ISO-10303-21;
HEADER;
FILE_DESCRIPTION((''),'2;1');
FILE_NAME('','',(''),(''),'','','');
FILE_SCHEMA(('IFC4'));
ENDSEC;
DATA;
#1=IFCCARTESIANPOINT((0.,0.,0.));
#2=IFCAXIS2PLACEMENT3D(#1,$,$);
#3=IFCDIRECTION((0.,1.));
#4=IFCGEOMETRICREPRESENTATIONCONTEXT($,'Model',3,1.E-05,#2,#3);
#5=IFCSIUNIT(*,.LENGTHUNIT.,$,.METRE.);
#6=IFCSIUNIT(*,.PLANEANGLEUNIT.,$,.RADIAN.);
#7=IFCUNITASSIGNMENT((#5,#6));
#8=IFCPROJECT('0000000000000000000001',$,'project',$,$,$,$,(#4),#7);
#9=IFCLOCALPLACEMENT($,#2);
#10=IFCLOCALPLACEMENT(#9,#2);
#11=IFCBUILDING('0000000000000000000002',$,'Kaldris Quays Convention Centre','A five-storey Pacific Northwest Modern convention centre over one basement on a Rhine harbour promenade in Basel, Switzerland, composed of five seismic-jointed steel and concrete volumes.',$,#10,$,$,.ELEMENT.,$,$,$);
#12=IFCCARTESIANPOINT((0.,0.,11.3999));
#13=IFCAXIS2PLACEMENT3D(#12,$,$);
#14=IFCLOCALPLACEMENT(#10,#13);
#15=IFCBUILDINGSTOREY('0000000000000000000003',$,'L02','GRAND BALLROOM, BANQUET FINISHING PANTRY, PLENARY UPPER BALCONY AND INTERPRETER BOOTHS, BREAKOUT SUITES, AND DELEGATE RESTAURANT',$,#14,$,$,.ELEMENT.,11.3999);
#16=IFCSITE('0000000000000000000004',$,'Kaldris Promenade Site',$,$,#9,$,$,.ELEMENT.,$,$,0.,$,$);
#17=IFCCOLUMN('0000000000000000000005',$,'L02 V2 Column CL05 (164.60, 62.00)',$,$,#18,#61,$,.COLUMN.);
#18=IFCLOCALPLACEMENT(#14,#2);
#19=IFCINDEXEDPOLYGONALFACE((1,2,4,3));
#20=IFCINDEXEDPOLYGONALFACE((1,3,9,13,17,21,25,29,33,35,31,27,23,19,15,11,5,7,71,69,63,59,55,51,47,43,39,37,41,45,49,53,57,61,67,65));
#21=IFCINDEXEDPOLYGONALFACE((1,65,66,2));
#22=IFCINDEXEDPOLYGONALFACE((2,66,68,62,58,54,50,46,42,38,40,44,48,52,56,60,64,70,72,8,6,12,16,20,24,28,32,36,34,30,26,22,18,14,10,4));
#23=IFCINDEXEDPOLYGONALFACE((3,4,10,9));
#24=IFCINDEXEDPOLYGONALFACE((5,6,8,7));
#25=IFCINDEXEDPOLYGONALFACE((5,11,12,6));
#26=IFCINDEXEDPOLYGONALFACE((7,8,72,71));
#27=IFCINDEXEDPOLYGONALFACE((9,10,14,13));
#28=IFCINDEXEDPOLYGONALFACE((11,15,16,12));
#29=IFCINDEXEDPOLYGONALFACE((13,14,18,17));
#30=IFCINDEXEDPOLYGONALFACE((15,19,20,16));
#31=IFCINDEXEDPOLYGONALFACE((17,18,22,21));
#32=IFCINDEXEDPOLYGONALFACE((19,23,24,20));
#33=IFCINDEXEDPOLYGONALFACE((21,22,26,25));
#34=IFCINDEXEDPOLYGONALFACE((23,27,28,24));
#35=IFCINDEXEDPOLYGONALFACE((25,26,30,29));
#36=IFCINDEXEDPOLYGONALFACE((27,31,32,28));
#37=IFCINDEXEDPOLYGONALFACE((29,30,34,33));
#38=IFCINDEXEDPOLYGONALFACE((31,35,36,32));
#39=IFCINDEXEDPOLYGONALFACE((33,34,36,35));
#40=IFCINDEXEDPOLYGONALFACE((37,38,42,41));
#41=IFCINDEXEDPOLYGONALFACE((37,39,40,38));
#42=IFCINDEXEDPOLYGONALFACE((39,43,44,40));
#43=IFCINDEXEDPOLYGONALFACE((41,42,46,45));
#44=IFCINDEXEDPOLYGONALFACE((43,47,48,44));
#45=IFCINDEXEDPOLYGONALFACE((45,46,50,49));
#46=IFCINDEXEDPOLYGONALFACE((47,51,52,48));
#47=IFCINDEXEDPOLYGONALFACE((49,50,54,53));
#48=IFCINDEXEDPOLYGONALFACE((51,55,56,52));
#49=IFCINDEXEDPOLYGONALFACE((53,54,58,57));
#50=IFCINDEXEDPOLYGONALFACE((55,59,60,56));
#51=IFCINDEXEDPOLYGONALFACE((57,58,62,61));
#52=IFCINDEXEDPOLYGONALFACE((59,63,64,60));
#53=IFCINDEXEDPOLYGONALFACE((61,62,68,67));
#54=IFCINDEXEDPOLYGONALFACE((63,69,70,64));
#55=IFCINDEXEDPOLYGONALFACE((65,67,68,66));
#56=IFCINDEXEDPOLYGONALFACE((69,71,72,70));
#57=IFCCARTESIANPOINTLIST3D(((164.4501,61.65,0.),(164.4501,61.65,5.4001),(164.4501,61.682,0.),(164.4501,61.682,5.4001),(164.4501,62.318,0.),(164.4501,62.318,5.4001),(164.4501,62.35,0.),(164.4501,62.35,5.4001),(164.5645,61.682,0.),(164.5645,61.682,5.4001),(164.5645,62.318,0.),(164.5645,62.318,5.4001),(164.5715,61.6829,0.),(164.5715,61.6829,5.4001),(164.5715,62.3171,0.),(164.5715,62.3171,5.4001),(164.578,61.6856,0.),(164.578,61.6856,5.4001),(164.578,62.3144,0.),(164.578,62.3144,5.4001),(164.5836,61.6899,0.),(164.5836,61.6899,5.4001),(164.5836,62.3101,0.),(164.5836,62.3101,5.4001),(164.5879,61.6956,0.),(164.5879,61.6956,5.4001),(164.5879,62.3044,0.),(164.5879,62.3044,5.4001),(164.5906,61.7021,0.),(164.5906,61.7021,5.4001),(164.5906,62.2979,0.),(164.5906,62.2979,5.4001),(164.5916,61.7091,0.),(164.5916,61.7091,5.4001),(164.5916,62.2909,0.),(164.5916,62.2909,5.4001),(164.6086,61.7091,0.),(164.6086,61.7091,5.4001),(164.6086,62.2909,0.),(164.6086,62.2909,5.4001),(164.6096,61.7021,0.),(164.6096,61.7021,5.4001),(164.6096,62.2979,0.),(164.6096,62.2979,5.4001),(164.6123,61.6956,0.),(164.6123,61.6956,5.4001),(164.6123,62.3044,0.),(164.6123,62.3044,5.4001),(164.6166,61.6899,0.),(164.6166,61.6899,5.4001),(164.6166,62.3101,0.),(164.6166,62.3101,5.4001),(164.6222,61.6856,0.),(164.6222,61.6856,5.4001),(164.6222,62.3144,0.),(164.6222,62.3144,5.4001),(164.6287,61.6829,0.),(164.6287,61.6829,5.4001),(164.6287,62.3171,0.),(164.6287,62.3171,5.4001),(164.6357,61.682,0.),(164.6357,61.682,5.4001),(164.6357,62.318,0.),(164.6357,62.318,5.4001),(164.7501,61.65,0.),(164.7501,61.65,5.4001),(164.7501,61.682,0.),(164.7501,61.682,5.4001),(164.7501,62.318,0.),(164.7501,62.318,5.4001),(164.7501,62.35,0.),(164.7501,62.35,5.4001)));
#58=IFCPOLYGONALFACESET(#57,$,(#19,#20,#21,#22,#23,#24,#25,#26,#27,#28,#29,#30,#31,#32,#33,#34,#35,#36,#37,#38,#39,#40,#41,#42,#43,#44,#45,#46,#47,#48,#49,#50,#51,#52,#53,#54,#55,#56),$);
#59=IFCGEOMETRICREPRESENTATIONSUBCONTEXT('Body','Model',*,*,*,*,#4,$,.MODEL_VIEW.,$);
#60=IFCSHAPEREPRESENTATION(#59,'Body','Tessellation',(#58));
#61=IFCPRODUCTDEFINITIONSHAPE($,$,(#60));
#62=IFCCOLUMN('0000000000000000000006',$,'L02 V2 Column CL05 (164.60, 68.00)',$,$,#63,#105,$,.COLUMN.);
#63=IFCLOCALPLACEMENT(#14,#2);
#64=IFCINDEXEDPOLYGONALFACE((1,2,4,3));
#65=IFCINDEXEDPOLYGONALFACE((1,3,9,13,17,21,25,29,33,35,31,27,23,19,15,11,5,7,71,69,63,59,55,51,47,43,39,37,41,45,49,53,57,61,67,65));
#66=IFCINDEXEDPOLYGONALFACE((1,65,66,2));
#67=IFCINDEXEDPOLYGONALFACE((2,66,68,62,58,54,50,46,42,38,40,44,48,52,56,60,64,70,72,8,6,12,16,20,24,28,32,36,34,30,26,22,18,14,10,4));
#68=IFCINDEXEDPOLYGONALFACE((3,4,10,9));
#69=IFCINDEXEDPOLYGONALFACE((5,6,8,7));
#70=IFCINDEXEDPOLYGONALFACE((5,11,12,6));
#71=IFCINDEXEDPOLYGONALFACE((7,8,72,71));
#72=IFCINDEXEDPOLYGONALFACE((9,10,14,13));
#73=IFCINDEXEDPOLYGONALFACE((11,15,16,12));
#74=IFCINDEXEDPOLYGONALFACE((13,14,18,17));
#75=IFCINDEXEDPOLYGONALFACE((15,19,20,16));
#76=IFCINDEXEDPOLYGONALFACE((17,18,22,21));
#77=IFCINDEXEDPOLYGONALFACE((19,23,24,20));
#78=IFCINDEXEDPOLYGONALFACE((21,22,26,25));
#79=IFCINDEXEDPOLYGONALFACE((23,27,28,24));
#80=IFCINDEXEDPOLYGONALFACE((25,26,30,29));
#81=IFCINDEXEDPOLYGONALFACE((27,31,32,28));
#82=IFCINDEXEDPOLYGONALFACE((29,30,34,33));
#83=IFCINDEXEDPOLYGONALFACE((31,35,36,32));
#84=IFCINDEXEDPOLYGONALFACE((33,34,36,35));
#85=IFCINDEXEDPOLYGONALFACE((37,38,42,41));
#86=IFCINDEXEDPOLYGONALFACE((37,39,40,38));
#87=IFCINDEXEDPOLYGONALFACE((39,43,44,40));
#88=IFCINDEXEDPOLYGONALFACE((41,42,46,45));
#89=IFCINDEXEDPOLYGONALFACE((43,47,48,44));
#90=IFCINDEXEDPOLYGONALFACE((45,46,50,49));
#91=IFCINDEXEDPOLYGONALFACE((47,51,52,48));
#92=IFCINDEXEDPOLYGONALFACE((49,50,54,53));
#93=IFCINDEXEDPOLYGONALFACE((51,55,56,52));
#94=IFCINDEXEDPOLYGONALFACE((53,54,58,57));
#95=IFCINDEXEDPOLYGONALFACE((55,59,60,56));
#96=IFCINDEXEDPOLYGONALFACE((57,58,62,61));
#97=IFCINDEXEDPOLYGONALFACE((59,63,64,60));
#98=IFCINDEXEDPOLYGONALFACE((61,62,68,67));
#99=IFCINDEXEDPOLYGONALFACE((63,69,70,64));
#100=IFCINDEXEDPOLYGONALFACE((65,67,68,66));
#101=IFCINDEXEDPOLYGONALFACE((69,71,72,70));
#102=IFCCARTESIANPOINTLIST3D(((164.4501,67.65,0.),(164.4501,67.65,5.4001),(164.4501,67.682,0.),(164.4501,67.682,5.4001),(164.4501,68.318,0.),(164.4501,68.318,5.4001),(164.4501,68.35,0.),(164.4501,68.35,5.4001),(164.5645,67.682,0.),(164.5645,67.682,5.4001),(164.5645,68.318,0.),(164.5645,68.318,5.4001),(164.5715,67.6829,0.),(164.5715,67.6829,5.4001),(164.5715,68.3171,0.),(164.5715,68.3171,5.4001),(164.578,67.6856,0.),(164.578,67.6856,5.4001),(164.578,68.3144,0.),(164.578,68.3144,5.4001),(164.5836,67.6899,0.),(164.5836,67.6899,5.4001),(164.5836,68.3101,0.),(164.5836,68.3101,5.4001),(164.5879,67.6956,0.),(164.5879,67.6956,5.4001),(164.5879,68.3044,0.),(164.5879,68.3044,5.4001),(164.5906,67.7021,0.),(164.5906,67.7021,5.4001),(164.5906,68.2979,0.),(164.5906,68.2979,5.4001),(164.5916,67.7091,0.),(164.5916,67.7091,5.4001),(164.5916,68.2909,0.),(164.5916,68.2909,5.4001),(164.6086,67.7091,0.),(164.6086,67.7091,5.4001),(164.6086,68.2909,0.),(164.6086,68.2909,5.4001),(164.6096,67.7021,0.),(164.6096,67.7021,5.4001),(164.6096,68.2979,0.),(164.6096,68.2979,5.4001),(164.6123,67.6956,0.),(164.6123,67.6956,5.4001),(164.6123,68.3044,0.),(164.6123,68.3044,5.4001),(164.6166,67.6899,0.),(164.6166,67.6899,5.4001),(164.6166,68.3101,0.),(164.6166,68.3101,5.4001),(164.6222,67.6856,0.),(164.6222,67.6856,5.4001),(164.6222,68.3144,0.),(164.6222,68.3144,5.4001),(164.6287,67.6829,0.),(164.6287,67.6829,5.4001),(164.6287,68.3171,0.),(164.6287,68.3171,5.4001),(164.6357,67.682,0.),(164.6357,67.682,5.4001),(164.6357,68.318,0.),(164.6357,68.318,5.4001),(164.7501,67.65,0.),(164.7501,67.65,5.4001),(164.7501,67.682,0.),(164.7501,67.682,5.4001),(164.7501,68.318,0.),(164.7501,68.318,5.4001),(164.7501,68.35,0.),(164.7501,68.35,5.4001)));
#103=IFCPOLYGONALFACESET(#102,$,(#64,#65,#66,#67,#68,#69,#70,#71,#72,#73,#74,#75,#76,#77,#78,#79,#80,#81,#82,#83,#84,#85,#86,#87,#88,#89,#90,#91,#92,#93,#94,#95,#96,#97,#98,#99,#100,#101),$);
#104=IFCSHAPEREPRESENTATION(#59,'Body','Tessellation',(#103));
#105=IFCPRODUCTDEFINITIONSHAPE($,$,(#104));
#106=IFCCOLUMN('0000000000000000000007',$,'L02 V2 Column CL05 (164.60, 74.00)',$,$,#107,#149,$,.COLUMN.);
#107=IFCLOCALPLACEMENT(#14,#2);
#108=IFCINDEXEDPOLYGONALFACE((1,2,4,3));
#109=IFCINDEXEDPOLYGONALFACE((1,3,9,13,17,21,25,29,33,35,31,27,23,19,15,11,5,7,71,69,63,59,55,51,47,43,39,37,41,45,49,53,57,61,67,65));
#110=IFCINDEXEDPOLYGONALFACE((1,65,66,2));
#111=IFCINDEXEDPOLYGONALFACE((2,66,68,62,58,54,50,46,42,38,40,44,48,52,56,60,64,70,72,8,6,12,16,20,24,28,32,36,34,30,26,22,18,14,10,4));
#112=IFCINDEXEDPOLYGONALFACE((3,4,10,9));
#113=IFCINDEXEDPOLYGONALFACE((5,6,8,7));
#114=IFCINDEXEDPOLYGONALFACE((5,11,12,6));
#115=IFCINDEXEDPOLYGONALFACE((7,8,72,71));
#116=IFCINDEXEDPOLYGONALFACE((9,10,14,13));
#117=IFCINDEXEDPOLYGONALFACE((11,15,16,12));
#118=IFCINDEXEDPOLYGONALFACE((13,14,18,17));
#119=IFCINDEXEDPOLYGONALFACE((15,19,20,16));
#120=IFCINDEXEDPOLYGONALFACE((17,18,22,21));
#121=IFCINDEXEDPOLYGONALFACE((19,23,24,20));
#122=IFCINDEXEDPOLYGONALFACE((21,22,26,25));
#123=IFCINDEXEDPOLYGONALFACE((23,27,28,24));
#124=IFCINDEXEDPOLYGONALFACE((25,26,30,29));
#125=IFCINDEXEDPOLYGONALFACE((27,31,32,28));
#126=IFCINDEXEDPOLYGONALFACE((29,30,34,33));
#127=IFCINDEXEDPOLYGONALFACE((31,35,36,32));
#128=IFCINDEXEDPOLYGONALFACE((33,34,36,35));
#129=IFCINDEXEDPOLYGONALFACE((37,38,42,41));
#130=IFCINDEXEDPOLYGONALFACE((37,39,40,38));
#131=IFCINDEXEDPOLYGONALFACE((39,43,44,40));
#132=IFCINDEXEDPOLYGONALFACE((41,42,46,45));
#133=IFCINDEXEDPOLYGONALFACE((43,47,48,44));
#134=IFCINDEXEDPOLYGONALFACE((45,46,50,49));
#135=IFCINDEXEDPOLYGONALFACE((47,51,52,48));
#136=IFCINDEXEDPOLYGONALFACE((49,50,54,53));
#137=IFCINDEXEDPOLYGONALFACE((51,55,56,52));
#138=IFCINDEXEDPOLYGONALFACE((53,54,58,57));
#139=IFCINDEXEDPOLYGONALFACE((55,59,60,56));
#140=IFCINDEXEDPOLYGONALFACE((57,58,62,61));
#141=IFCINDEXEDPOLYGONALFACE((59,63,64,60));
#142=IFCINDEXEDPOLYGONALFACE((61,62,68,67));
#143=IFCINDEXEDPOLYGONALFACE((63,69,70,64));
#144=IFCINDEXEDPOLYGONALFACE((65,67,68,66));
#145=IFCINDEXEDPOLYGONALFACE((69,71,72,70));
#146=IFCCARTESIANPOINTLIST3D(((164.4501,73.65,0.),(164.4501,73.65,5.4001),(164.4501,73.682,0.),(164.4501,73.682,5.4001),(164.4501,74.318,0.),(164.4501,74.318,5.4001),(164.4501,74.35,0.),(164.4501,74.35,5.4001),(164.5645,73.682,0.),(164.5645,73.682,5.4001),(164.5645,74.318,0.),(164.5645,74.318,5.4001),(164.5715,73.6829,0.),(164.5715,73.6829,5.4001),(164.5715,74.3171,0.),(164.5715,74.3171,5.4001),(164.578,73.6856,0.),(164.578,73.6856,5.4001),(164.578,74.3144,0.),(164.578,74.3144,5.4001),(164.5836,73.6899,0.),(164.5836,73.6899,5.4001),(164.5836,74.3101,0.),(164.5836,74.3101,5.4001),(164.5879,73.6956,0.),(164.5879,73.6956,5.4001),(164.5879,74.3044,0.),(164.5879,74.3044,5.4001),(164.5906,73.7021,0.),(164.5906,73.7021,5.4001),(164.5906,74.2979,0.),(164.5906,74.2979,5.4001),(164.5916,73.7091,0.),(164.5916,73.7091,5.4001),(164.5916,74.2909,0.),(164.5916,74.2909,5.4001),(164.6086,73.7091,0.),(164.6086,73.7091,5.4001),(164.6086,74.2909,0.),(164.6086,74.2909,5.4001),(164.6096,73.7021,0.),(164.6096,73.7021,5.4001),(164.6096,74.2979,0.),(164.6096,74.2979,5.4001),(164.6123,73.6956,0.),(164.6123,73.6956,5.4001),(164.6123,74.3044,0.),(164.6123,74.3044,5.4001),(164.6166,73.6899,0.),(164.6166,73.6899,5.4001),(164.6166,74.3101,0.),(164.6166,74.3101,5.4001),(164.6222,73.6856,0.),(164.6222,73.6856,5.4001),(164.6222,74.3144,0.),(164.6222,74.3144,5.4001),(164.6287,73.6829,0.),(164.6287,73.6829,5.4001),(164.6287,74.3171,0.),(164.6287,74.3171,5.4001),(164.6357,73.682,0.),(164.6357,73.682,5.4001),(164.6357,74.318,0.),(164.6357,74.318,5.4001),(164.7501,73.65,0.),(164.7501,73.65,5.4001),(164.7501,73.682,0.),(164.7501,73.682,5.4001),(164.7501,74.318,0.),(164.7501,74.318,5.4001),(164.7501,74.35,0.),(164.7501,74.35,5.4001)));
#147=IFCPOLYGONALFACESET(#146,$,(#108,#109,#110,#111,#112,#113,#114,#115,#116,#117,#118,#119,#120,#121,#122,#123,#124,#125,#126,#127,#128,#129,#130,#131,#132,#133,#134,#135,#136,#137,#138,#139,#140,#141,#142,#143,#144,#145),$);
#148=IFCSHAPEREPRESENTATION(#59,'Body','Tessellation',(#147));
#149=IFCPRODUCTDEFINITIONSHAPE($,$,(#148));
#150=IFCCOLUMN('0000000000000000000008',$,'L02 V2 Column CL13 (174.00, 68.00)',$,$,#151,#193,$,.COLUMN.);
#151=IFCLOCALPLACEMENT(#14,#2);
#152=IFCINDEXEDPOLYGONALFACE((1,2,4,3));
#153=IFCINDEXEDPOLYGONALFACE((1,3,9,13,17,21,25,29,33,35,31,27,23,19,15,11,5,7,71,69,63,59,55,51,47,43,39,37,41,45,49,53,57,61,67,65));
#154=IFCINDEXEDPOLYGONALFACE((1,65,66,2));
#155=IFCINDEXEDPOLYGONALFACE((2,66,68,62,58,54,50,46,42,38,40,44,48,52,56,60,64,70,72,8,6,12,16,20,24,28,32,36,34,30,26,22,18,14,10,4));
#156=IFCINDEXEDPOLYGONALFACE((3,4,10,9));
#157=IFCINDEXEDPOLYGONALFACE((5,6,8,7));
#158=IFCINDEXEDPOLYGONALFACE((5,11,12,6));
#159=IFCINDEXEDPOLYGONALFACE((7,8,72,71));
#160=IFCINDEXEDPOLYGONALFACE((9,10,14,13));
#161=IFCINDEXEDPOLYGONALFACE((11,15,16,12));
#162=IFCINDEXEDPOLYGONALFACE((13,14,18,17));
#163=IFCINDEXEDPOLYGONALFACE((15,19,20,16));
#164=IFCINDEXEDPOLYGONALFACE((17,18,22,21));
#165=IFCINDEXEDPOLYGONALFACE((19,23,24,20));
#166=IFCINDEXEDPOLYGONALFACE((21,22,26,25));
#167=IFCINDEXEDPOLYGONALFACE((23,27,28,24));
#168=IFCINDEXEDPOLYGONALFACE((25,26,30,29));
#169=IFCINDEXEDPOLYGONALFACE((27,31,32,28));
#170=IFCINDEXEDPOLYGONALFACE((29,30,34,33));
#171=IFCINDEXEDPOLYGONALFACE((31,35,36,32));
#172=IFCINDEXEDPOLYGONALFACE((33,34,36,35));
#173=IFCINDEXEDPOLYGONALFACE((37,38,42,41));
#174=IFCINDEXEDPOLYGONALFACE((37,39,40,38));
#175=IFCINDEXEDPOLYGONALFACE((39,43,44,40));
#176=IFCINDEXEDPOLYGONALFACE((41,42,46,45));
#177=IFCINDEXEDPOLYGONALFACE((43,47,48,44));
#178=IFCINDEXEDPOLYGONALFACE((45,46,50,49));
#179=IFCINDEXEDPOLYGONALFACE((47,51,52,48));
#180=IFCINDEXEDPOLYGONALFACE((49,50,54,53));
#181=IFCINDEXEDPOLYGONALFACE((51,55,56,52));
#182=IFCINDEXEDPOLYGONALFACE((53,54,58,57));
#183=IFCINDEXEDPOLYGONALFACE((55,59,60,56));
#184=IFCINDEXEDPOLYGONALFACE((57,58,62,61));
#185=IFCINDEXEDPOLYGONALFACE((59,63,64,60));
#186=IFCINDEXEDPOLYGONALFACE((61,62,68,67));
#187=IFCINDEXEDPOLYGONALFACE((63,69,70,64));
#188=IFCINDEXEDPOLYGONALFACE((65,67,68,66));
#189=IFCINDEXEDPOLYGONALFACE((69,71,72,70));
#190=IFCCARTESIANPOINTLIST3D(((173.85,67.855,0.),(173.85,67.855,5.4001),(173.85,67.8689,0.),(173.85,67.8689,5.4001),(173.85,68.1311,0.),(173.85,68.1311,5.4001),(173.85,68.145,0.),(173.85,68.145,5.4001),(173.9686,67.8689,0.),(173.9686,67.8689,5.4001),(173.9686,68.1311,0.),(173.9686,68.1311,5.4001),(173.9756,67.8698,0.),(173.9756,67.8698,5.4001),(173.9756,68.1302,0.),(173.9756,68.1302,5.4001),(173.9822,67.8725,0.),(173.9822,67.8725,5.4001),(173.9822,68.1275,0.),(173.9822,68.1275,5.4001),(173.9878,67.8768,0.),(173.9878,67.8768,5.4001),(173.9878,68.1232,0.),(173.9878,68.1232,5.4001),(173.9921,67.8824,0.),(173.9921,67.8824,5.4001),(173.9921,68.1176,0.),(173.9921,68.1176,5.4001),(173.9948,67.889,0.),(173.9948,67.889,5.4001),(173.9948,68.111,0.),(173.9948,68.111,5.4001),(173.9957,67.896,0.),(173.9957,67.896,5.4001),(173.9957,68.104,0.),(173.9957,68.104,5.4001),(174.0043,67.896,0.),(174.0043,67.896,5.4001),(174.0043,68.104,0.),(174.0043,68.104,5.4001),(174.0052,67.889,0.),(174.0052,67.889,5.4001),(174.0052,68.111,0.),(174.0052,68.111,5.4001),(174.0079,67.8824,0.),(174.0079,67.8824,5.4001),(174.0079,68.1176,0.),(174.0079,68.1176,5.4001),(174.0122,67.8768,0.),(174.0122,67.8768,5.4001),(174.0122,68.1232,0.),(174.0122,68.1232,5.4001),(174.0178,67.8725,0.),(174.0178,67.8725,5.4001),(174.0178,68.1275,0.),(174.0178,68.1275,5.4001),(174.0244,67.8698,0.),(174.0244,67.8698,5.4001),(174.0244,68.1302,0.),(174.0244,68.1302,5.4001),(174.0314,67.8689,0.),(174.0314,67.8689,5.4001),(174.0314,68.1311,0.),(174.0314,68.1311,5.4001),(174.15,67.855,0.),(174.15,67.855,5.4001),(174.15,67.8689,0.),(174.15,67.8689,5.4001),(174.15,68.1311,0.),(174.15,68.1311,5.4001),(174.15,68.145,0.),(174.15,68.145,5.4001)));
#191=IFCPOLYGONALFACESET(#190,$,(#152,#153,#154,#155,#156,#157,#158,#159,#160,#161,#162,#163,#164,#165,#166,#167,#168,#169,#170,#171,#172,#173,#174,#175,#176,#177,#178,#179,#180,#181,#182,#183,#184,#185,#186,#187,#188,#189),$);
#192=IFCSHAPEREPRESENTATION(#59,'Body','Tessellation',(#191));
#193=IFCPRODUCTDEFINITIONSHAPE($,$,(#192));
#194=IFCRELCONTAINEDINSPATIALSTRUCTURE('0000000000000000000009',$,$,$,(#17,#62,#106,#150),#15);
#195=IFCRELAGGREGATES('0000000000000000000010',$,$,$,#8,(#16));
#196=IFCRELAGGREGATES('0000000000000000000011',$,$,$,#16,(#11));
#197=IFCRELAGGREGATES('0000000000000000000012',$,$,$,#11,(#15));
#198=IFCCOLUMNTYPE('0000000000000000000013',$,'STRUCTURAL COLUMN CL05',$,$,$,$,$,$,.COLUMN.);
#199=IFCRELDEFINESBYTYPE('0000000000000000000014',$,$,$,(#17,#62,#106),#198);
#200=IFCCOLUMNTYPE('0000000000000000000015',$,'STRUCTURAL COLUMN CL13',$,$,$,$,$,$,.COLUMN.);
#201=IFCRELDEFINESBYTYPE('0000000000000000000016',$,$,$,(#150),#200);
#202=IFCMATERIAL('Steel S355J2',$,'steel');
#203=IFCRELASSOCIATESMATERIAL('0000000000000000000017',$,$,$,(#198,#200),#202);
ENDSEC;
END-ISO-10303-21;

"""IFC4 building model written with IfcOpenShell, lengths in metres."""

from ifc_helpers import new_model, si_unit, direction, frame, origin, origin_2d, place, context, subcontext, project, spatial, i_section, extrude, material, material_profile, profile_set, type_object, element, save


model = new_model("IFC4")

# Units and contexts
model_context = context("Model", 3, precision=1e-05, world=origin(), true_north=direction((0.0, 1.0)))
body_context = subcontext(model_context, "Body", "Model", "MODEL_VIEW")
ifc_project = project(units=[si_unit("LENGTHUNIT", "METRE"), si_unit("PLANEANGLEUNIT", "RADIAN")], contexts=[model_context])

# Site, building, storey
site_placement = place(None, origin())
site = spatial("IfcSite", under=ifc_project, at=site_placement, Name="Kaldris Promenade Site", CompositionType="ELEMENT", RefElevation=0.0)
building_placement = place(site_placement, origin())
building = spatial("IfcBuilding", under=site, at=building_placement, Name="Kaldris Quays Convention Centre", Description="A five-storey Pacific Northwest Modern convention centre over one basement on a Rhine harbour promenade in Basel, Switzerland, composed of five seismic-jointed steel and concrete volumes.", CompositionType="ELEMENT")
storey_placement = place(building_placement, frame((0.0, 0.0, 11.3999)))
storey = spatial("IfcBuildingStorey", under=building, at=storey_placement, Name="L02", Description="GRAND BALLROOM, BANQUET FINISHING PANTRY, PLENARY UPPER BALCONY AND INTERPRETER BOOTHS, BREAKOUT SUITES, AND DELEGATE RESTAURANT", CompositionType="ELEMENT", Elevation=11.3999)

# Columns
ifc_material_1 = material(Name="Steel S355J2", Category="steel")
ifc_material_profile_1 = material_profile(ifc_material_1, i_section(OverallWidth=0.3, OverallDepth=0.7, WebThickness=0.0171, FlangeThickness=0.032, FilletRadius=0.0271, at=origin_2d()), Name="HEB 700")
ifc_profile_set_1 = profile_set([ifc_material_profile_1], Name="Steel S355J2")
column_type_1 = type_object("IfcColumnType", Name="STRUCTURAL COLUMN CL05", PredefinedType="COLUMN", material=ifc_profile_set_1)
for number, where, z_axis, x_axis, name in (
    (1, (164.6001, 62.0, 0.0), (0.0, 0.0, 1.0), (1.0, 0.0, 0.0), "L02 V2 Column CL05 (164.60, 62.00)"),
    (2, (164.6001, 68.0, 0.0), (0.0, 0.0, 1.0), (1.0, 0.0, 0.0), "L02 V2 Column CL05 (164.60, 68.00)"),
    (3, (164.6001, 74.0, 0.0), (0.0, 0.0, 1.0), (1.0, 0.0, 0.0), "L02 V2 Column CL05 (164.60, 74.00)"),
):
    element("IfcColumn", number, at=place(storey_placement, frame(where, z_axis=z_axis, x_axis=x_axis)), inside=storey, type_object=column_type_1, Name=name, PredefinedType="COLUMN", context=body_context, shape_type="SweptSolid", body=[
        extrude(i_section(OverallWidth=0.3, OverallDepth=0.7, WebThickness=0.0171, FlangeThickness=0.032, FilletRadius=0.0271, at=origin_2d()), origin(), (0.0, 0.0, 1.0), 5.4001),
    ])
ifc_material_profile_2 = material_profile(ifc_material_1, i_section(OverallWidth=0.3, OverallDepth=0.29, WebThickness=0.0085, FlangeThickness=0.0139, FilletRadius=0.0271, at=origin_2d()), Name="HEA 300")
ifc_profile_set_2 = profile_set([ifc_material_profile_2], Name="Steel S355J2")
column_type_2 = type_object("IfcColumnType", Name="STRUCTURAL COLUMN CL13", PredefinedType="COLUMN", material=ifc_profile_set_2)
for number, where, z_axis, x_axis, name in (
    (4, (174.0, 68.0, 0.0), (0.0, 0.0, 1.0), (1.0, 0.0, 0.0), "L02 V2 Column CL13 (174.00, 68.00)"),
):
    element("IfcColumn", number, at=place(storey_placement, frame(where, z_axis=z_axis, x_axis=x_axis)), inside=storey, type_object=column_type_2, Name=name, PredefinedType="COLUMN", context=body_context, shape_type="SweptSolid", body=[
        extrude(i_section(OverallWidth=0.3, OverallDepth=0.29, WebThickness=0.0085, FlangeThickness=0.0139, FilletRadius=0.0271, at=origin_2d()), origin(), (0.0, 0.0, 1.0), 5.4001),
    ])

save(model, "model.ifc")
